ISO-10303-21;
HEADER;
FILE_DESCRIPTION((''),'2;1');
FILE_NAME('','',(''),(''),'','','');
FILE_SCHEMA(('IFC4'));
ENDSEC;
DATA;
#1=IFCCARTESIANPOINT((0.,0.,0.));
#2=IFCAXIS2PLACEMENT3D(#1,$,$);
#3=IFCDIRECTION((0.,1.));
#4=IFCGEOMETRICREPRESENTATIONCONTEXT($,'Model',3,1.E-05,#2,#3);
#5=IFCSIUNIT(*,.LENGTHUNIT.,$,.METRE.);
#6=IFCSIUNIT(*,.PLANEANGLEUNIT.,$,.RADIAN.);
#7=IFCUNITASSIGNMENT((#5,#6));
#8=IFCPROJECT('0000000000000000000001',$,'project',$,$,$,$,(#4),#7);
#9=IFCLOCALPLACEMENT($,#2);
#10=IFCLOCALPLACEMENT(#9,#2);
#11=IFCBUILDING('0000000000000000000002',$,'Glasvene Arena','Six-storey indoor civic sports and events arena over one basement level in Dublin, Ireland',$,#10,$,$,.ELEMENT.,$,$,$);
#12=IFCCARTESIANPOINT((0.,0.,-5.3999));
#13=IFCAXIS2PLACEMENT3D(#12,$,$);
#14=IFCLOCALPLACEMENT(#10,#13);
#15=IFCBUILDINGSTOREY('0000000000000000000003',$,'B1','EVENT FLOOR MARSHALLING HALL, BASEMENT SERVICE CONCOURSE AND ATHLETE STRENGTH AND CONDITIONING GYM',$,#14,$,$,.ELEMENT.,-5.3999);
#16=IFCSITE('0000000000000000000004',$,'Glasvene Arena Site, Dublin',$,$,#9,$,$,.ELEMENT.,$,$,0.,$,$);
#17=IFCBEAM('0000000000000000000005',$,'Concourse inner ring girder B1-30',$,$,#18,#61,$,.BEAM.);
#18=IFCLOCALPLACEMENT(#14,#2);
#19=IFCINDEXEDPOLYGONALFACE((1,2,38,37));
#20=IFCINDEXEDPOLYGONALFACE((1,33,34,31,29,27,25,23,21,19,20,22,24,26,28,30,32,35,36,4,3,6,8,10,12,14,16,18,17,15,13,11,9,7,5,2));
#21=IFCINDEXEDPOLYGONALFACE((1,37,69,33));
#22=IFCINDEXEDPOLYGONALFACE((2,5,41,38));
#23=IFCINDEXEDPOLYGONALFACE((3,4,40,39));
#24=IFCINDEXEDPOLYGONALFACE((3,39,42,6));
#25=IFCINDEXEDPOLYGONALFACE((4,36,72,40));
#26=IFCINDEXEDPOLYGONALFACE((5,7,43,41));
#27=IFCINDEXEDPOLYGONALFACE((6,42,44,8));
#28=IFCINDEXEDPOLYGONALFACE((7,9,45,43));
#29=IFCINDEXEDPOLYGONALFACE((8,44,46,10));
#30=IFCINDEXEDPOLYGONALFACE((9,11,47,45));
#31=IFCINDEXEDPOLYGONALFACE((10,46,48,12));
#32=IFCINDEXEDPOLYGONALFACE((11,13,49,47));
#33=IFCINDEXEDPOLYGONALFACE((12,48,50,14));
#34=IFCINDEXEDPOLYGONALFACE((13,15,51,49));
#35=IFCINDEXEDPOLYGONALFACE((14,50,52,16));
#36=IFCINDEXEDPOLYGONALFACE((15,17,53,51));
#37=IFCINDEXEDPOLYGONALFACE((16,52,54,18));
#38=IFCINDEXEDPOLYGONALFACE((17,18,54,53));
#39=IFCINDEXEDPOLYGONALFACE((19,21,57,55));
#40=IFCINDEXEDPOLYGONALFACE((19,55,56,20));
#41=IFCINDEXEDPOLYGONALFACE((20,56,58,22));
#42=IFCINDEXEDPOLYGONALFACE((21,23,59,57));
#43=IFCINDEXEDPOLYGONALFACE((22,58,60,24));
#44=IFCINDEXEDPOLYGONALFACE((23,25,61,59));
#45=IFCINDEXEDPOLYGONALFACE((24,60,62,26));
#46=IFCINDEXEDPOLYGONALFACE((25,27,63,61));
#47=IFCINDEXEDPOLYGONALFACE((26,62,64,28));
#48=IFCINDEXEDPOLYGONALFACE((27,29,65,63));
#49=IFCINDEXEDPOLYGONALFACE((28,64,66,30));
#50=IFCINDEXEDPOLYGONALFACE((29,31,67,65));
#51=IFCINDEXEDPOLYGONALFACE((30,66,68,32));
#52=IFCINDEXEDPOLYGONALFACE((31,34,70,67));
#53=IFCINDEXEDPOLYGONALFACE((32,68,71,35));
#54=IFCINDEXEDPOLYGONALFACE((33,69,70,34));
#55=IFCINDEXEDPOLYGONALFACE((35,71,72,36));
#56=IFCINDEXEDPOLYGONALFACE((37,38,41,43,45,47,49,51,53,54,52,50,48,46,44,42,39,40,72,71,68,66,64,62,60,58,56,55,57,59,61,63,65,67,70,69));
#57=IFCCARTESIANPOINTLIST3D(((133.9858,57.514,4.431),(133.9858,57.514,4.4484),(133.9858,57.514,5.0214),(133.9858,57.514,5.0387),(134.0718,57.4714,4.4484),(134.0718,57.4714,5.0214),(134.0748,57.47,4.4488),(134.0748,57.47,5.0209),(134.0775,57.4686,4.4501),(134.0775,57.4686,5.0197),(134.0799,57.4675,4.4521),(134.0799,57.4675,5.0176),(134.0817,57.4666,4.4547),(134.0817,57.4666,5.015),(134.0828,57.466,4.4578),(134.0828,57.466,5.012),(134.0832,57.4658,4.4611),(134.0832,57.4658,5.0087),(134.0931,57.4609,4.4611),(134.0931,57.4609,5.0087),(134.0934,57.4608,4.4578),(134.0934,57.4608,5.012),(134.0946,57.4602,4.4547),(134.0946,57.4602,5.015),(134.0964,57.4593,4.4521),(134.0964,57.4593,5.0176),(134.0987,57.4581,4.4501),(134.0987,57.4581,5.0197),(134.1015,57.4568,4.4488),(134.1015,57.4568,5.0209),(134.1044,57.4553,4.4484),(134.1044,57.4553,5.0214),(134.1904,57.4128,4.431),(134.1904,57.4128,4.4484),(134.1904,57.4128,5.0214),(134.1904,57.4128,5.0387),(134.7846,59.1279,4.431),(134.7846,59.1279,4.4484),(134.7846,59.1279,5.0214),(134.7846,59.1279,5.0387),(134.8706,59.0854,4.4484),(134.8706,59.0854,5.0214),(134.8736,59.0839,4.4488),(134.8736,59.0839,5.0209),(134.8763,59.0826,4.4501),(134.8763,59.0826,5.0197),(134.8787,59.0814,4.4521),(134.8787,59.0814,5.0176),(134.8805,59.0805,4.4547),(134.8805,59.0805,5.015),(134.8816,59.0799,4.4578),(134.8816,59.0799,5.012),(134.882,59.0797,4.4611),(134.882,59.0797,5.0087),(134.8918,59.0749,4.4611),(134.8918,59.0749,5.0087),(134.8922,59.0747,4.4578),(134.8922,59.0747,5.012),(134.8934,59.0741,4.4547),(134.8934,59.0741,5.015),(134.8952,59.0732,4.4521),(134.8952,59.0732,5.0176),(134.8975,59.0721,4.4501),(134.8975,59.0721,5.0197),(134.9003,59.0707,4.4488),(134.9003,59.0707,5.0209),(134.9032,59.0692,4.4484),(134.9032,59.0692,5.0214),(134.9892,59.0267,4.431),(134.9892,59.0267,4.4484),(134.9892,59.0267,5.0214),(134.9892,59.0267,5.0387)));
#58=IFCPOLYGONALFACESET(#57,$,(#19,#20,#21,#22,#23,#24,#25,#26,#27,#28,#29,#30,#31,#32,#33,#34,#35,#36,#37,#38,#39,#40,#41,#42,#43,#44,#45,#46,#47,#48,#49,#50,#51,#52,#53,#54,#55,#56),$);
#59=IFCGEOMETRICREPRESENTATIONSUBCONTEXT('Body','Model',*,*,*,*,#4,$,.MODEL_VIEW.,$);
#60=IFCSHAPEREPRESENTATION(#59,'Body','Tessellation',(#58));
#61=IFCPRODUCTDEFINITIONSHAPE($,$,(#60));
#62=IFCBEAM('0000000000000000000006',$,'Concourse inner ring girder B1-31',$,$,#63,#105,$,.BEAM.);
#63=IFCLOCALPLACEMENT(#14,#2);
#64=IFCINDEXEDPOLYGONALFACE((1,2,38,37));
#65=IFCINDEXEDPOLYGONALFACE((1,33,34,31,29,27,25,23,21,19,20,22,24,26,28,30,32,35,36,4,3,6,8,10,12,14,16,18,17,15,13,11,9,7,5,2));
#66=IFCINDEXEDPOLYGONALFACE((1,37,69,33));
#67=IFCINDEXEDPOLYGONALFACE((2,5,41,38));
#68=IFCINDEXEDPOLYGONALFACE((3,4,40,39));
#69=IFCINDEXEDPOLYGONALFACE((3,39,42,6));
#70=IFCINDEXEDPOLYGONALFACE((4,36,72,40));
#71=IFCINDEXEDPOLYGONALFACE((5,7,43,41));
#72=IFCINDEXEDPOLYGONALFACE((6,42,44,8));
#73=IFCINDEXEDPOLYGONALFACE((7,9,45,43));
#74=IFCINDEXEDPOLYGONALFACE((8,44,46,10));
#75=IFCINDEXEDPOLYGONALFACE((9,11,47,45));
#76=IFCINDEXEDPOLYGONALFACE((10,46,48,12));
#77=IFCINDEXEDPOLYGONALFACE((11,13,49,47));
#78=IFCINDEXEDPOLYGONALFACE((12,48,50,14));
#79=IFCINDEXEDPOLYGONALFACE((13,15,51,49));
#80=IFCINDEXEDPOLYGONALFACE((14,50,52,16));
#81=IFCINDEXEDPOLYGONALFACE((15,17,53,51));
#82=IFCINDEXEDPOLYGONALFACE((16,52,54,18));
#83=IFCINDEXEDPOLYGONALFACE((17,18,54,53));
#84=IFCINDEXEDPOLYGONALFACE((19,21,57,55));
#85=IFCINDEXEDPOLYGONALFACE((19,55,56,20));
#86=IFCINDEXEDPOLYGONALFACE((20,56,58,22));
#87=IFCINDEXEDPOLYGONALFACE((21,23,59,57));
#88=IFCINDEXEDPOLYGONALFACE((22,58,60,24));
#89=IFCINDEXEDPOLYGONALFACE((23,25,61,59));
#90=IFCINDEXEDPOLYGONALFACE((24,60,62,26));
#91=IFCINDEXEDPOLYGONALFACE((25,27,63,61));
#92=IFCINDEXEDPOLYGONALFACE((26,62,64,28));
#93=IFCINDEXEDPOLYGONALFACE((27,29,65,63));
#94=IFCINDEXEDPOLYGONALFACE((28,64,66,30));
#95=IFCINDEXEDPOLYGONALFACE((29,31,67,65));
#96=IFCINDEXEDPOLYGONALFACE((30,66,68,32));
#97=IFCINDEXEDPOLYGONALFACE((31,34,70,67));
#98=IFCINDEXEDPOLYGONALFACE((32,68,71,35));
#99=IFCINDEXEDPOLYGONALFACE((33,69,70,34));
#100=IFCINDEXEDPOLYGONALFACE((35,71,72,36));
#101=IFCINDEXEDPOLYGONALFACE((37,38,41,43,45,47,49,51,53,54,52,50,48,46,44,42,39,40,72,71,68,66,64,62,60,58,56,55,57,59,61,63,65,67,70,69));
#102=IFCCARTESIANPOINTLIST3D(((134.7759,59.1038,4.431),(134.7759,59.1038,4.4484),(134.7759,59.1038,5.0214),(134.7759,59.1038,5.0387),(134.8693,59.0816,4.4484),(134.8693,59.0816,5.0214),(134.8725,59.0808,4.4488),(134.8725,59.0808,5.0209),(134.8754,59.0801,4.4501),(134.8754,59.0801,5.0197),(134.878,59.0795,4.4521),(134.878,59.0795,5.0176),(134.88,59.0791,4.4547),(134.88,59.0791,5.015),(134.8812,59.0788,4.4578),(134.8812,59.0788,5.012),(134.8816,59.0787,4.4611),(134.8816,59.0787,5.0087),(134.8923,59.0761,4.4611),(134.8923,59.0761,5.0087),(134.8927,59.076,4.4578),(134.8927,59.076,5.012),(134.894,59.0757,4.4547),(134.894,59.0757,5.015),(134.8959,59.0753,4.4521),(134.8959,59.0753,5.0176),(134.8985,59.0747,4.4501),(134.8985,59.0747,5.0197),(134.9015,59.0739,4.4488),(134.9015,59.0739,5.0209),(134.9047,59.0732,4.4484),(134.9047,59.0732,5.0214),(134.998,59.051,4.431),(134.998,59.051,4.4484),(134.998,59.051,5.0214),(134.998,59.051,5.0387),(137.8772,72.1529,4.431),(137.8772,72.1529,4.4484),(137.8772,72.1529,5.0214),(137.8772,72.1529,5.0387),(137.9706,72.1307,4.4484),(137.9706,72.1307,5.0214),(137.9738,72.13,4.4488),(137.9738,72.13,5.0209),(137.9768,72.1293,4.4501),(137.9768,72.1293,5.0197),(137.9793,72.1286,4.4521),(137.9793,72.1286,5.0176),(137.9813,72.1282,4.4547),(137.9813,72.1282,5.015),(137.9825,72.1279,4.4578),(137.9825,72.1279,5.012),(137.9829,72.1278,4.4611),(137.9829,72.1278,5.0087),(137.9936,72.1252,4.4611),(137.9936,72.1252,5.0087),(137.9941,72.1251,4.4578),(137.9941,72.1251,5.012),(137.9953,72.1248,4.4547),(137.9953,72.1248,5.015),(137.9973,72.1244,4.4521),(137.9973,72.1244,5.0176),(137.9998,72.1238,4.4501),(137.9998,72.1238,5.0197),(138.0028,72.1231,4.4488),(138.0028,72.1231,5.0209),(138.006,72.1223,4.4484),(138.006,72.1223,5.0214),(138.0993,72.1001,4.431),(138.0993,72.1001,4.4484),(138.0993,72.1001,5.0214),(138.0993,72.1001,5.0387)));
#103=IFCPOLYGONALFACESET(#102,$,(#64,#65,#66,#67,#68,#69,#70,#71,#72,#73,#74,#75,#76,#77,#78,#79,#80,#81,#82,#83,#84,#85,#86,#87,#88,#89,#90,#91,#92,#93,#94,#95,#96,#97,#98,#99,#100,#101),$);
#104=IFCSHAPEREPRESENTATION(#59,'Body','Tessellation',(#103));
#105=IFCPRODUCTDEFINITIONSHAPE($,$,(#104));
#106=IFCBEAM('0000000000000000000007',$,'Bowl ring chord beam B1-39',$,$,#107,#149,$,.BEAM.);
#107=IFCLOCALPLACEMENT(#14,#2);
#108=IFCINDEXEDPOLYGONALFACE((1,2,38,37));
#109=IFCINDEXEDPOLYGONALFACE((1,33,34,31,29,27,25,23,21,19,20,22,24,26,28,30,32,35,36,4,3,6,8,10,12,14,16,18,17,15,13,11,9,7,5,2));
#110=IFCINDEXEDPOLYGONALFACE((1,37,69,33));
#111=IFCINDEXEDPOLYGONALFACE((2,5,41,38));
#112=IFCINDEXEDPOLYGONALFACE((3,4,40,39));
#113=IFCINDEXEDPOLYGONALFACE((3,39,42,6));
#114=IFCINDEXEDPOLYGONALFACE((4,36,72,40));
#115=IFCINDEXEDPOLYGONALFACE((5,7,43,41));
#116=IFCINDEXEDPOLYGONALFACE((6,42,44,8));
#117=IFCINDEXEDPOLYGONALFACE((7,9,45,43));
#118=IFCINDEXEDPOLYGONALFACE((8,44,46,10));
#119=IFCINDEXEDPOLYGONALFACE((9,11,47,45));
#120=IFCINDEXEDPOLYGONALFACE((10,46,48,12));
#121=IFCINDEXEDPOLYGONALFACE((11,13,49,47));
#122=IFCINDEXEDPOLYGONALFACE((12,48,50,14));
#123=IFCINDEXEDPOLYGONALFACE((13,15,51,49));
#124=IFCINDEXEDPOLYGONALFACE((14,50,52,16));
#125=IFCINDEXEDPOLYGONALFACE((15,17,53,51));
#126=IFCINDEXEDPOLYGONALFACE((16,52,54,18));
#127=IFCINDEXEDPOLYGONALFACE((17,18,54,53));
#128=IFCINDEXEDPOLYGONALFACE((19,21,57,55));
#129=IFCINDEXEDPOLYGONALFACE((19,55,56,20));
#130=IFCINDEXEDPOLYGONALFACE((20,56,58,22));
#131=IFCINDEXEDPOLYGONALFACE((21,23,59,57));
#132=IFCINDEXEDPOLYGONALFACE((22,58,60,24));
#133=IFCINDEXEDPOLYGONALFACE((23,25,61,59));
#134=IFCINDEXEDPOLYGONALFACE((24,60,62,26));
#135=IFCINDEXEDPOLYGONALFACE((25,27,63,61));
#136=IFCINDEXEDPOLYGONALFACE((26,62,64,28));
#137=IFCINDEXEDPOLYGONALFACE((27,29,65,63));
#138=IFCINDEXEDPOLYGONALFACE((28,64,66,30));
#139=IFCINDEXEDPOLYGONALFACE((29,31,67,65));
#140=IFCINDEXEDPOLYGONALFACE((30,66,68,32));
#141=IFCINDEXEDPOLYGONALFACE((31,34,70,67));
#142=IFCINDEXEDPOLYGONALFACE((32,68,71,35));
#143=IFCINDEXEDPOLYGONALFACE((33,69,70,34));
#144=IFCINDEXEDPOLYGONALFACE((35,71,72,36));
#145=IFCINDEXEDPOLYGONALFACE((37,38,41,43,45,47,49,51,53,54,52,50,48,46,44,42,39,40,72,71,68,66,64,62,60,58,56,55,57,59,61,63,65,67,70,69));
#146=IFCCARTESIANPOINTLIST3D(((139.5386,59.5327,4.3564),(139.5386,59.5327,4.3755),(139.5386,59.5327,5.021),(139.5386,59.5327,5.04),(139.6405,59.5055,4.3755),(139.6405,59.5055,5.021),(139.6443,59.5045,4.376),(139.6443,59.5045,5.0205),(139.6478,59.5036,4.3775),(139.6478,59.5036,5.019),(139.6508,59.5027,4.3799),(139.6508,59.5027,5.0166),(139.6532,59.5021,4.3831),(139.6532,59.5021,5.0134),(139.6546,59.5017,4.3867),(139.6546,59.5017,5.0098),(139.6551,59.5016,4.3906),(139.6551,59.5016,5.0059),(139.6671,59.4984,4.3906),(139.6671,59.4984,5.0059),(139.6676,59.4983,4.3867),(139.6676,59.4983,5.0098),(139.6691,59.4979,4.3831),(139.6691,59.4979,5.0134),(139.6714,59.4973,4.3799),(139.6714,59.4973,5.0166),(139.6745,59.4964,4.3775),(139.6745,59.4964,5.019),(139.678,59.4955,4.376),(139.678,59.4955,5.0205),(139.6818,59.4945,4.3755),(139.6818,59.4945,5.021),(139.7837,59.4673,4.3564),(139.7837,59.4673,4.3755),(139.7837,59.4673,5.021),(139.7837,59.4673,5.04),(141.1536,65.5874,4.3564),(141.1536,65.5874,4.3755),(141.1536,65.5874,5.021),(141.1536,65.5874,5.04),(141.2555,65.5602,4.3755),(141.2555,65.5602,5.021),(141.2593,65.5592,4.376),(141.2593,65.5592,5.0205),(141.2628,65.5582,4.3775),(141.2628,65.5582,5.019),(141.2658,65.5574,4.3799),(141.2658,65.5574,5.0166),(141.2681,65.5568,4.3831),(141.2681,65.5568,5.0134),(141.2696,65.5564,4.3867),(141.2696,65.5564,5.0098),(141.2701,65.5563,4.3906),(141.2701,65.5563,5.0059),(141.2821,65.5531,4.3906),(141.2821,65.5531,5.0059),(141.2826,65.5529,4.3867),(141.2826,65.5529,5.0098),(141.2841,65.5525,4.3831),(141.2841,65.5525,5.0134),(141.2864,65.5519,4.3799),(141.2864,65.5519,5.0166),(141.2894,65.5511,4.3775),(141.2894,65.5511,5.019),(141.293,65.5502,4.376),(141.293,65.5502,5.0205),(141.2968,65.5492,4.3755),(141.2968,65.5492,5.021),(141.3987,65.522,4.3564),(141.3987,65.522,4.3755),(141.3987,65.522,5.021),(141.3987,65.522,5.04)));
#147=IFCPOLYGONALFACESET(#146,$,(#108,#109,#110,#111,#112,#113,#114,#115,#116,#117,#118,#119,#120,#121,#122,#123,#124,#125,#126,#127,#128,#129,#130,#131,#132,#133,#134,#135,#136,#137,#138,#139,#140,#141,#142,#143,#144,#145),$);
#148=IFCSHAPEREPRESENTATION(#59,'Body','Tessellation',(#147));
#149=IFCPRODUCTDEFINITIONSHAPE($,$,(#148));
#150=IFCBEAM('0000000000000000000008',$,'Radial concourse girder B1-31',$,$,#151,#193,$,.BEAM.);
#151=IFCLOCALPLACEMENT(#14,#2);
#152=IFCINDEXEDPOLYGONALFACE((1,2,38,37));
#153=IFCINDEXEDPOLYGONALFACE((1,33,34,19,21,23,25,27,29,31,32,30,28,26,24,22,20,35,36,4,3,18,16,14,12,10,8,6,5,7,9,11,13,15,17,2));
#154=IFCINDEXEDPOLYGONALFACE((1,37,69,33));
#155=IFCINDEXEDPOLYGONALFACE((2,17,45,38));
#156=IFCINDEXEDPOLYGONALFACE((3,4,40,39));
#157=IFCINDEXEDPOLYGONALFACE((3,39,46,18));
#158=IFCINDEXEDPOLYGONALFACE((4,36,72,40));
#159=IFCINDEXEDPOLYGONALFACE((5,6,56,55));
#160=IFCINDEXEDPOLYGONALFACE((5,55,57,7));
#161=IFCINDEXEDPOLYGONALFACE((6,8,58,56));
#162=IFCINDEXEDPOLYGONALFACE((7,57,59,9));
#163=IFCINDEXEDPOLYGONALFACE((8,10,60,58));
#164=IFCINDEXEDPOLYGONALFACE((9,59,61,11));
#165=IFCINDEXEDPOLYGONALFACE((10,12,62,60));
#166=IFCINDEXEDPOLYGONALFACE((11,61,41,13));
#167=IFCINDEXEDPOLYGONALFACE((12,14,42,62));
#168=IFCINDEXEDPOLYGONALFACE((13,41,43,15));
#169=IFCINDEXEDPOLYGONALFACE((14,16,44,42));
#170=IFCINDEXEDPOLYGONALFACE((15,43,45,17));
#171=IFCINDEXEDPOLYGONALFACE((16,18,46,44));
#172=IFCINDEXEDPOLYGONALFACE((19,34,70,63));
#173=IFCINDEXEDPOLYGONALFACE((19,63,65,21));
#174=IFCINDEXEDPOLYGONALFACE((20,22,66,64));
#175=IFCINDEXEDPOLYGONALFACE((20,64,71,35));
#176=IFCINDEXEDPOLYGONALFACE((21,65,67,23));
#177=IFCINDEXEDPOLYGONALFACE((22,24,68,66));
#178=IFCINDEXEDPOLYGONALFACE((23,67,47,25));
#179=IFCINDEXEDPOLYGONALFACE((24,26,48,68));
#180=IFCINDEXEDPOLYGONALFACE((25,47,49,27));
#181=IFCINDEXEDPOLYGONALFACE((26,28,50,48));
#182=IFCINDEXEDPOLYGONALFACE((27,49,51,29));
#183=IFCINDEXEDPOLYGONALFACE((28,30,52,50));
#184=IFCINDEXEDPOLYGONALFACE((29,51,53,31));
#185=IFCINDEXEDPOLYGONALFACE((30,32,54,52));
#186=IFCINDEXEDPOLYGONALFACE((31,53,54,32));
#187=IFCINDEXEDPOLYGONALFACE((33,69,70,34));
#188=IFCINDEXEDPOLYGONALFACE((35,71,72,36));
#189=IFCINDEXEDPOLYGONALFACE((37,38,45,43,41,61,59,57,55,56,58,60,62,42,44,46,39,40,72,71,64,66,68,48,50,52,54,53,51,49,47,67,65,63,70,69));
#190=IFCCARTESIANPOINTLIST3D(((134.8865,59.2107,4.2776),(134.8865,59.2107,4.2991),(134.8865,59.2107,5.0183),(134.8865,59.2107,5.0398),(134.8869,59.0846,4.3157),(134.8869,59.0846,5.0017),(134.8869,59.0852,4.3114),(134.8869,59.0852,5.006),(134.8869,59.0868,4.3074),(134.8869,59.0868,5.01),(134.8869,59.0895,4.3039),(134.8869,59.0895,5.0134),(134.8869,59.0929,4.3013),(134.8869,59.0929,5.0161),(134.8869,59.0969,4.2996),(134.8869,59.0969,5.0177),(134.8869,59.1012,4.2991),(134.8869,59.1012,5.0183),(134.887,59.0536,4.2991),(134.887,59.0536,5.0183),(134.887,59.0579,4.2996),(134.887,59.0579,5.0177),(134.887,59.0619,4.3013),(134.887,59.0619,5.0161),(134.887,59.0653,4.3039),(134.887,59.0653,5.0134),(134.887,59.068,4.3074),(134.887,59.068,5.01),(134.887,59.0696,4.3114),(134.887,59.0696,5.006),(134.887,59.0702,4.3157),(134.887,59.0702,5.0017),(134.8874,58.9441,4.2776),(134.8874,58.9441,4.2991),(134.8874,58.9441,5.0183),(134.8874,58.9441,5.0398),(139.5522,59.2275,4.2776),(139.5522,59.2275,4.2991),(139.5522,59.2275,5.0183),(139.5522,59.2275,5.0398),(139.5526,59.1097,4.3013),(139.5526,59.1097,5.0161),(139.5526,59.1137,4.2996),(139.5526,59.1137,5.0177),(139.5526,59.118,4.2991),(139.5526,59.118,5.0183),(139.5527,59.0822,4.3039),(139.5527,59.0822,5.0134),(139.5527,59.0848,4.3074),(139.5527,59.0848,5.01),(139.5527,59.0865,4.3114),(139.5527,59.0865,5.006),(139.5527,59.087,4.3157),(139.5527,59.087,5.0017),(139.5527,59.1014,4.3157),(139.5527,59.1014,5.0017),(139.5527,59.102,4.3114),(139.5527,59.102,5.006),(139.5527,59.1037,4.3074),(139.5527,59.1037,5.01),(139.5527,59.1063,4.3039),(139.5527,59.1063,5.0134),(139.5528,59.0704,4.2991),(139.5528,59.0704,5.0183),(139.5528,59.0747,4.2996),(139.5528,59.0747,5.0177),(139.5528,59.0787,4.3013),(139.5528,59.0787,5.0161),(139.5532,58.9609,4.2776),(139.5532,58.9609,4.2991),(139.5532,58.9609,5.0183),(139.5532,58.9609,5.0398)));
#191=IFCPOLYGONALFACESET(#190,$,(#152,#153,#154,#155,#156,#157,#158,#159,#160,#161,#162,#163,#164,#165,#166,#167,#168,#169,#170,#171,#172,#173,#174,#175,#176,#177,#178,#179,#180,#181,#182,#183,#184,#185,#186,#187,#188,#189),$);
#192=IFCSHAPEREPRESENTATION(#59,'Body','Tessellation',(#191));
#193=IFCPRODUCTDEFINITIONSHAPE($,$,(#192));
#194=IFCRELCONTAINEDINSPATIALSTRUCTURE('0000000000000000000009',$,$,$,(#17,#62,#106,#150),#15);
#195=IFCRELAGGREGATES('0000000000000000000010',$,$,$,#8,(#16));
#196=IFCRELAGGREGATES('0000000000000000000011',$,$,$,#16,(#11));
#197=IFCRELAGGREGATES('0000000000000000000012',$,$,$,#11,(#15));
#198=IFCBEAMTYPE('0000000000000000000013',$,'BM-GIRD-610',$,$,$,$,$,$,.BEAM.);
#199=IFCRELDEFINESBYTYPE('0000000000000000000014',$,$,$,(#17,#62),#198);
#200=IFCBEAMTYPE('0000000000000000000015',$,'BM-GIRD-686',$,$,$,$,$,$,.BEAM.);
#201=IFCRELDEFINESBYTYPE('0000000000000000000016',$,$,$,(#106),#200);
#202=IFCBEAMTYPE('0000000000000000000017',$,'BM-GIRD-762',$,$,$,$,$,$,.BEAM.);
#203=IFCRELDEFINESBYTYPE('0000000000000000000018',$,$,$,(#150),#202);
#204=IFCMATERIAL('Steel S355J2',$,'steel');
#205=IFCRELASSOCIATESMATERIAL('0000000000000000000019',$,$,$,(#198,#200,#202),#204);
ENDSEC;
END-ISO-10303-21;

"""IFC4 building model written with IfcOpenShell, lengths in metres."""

from ifc_helpers import new_model, si_unit, direction, frame, origin, origin_2d, place, context, subcontext, project, spatial, i_section, extrude, material, material_profile, profile_set, type_object, element, save


model = new_model("IFC4")

# Units and contexts
model_context = context("Model", 3, precision=1e-05, world=origin(), true_north=direction((0.0, 1.0)))
body_context = subcontext(model_context, "Body", "Model", "MODEL_VIEW")
ifc_project = project(units=[si_unit("LENGTHUNIT", "METRE"), si_unit("PLANEANGLEUNIT", "RADIAN")], contexts=[model_context])

# Site, building, storey
site_placement = place(None, origin())
site = spatial("IfcSite", under=ifc_project, at=site_placement, Name="Glasvene Arena Site, Dublin", CompositionType="ELEMENT", RefElevation=0.0)
building_placement = place(site_placement, origin())
building = spatial("IfcBuilding", under=site, at=building_placement, Name="Glasvene Arena", Description="Six-storey indoor civic sports and events arena over one basement level in Dublin, Ireland", CompositionType="ELEMENT")
storey_placement = place(building_placement, frame((0.0, 0.0, -5.3999)))
storey = spatial("IfcBuildingStorey", under=building, at=storey_placement, Name="B1", Description="EVENT FLOOR MARSHALLING HALL, BASEMENT SERVICE CONCOURSE AND ATHLETE STRENGTH AND CONDITIONING GYM", CompositionType="ELEMENT", Elevation=-5.3999)

# Shared definitions
ifc_material_1 = material(Name="Steel S355J2", Category="steel")

# Beams
ifc_material_profile_1 = material_profile(ifc_material_1, i_section(OverallWidth=0.2283, OverallDepth=0.6077, WebThickness=0.011, FlangeThickness=0.0173, FilletRadius=0.0127, at=origin_2d()), Name="UKB 610x229x113")
ifc_profile_set_1 = profile_set([ifc_material_profile_1], Name="Steel S355J2")
beam_type_1 = type_object("IfcBeamType", Name="BM-GIRD-610", PredefinedType="BEAM", material=ifc_profile_set_1)
beam_1_placement = place(storey_placement, frame((134.0881, 57.4634, 4.7349), z_axis=(0.443577, 0.896236, 0.0), x_axis=(-0.896236, 0.443577, 0.0)))
element("IfcBeam", 1, at=beam_1_placement, inside=storey, type_object=beam_type_1, Name="Concourse inner ring girder B1-30", PredefinedType="BEAM", context=body_context, shape_type="SweptSolid", body=[
    extrude(i_section(OverallWidth=0.2283, OverallDepth=0.6077, WebThickness=0.011, FlangeThickness=0.0173, FilletRadius=0.0127, at=origin_2d()), origin(), (0.0, 0.0, 1.0), 1.8008),
])
beam_2_placement = place(storey_placement, frame((134.887, 59.0774, 4.7349), z_axis=(0.231225, 0.9729, 0.0), x_axis=(-0.9729, 0.231225, 0.0)))
element("IfcBeam", 2, at=beam_2_placement, inside=storey, type_object=beam_type_1, Name="Concourse inner ring girder B1-31", PredefinedType="BEAM", context=body_context, shape_type="SweptSolid", body=[
    extrude(i_section(OverallWidth=0.2283, OverallDepth=0.6077, WebThickness=0.011, FlangeThickness=0.0173, FilletRadius=0.0127, at=origin_2d()), origin(), (0.0, 0.0, 1.0), 13.4126),
])
ifc_material_profile_2 = material_profile(ifc_material_1, i_section(OverallWidth=0.2537, OverallDepth=0.6836, WebThickness=0.0125, FlangeThickness=0.019, FilletRadius=0.0151, at=origin_2d()), Name="UKB 686x254x140")
ifc_profile_set_2 = profile_set([ifc_material_profile_2], Name="Steel S355J2")
beam_type_2 = type_object("IfcBeamType", Name="BM-GIRD-686", PredefinedType="BEAM", material=ifc_profile_set_2)
beam_3_placement = place(storey_placement, frame((139.6611, 59.5, 4.6982), z_axis=(0.257723, 0.966219, 0.0), x_axis=(-0.966219, 0.257723, 0.0)))
element("IfcBeam", 3, at=beam_3_placement, inside=storey, type_object=beam_type_2, Name="Bowl ring chord beam B1-39", PredefinedType="BEAM", context=body_context, shape_type="SweptSolid", body=[
    extrude(i_section(OverallWidth=0.2537, OverallDepth=0.6836, WebThickness=0.0125, FlangeThickness=0.019, FilletRadius=0.0151, at=origin_2d()), origin(), (0.0, 0.0, 1.0), 6.2664),
])
ifc_material_profile_3 = material_profile(ifc_material_1, i_section(OverallWidth=0.2666, OverallDepth=0.7622, WebThickness=0.0144, FlangeThickness=0.0215, FilletRadius=0.0166, at=origin_2d()), Name="UKB 762x267x173")
ifc_profile_set_3 = profile_set([ifc_material_profile_3], Name="Steel S355J2")
beam_type_3 = type_object("IfcBeamType", Name="BM-GIRD-762", PredefinedType="BEAM", material=ifc_profile_set_3)
beam_4_placement = place(storey_placement, frame((134.887, 59.0774, 4.6587), z_axis=(0.999993, 0.00361, 0.0), x_axis=(-0.00361, 0.999993, 0.0)))
element("IfcBeam", 4, at=beam_4_placement, inside=storey, type_object=beam_type_3, Name="Radial concourse girder B1-31", PredefinedType="BEAM", context=body_context, shape_type="SweptSolid", body=[
    extrude(i_section(OverallWidth=0.2666, OverallDepth=0.7622, WebThickness=0.0144, FlangeThickness=0.0215, FilletRadius=0.0166, at=origin_2d()), origin(), (0.0, 0.0, 1.0), 4.6658),
])

save(model, "model.ifc")
